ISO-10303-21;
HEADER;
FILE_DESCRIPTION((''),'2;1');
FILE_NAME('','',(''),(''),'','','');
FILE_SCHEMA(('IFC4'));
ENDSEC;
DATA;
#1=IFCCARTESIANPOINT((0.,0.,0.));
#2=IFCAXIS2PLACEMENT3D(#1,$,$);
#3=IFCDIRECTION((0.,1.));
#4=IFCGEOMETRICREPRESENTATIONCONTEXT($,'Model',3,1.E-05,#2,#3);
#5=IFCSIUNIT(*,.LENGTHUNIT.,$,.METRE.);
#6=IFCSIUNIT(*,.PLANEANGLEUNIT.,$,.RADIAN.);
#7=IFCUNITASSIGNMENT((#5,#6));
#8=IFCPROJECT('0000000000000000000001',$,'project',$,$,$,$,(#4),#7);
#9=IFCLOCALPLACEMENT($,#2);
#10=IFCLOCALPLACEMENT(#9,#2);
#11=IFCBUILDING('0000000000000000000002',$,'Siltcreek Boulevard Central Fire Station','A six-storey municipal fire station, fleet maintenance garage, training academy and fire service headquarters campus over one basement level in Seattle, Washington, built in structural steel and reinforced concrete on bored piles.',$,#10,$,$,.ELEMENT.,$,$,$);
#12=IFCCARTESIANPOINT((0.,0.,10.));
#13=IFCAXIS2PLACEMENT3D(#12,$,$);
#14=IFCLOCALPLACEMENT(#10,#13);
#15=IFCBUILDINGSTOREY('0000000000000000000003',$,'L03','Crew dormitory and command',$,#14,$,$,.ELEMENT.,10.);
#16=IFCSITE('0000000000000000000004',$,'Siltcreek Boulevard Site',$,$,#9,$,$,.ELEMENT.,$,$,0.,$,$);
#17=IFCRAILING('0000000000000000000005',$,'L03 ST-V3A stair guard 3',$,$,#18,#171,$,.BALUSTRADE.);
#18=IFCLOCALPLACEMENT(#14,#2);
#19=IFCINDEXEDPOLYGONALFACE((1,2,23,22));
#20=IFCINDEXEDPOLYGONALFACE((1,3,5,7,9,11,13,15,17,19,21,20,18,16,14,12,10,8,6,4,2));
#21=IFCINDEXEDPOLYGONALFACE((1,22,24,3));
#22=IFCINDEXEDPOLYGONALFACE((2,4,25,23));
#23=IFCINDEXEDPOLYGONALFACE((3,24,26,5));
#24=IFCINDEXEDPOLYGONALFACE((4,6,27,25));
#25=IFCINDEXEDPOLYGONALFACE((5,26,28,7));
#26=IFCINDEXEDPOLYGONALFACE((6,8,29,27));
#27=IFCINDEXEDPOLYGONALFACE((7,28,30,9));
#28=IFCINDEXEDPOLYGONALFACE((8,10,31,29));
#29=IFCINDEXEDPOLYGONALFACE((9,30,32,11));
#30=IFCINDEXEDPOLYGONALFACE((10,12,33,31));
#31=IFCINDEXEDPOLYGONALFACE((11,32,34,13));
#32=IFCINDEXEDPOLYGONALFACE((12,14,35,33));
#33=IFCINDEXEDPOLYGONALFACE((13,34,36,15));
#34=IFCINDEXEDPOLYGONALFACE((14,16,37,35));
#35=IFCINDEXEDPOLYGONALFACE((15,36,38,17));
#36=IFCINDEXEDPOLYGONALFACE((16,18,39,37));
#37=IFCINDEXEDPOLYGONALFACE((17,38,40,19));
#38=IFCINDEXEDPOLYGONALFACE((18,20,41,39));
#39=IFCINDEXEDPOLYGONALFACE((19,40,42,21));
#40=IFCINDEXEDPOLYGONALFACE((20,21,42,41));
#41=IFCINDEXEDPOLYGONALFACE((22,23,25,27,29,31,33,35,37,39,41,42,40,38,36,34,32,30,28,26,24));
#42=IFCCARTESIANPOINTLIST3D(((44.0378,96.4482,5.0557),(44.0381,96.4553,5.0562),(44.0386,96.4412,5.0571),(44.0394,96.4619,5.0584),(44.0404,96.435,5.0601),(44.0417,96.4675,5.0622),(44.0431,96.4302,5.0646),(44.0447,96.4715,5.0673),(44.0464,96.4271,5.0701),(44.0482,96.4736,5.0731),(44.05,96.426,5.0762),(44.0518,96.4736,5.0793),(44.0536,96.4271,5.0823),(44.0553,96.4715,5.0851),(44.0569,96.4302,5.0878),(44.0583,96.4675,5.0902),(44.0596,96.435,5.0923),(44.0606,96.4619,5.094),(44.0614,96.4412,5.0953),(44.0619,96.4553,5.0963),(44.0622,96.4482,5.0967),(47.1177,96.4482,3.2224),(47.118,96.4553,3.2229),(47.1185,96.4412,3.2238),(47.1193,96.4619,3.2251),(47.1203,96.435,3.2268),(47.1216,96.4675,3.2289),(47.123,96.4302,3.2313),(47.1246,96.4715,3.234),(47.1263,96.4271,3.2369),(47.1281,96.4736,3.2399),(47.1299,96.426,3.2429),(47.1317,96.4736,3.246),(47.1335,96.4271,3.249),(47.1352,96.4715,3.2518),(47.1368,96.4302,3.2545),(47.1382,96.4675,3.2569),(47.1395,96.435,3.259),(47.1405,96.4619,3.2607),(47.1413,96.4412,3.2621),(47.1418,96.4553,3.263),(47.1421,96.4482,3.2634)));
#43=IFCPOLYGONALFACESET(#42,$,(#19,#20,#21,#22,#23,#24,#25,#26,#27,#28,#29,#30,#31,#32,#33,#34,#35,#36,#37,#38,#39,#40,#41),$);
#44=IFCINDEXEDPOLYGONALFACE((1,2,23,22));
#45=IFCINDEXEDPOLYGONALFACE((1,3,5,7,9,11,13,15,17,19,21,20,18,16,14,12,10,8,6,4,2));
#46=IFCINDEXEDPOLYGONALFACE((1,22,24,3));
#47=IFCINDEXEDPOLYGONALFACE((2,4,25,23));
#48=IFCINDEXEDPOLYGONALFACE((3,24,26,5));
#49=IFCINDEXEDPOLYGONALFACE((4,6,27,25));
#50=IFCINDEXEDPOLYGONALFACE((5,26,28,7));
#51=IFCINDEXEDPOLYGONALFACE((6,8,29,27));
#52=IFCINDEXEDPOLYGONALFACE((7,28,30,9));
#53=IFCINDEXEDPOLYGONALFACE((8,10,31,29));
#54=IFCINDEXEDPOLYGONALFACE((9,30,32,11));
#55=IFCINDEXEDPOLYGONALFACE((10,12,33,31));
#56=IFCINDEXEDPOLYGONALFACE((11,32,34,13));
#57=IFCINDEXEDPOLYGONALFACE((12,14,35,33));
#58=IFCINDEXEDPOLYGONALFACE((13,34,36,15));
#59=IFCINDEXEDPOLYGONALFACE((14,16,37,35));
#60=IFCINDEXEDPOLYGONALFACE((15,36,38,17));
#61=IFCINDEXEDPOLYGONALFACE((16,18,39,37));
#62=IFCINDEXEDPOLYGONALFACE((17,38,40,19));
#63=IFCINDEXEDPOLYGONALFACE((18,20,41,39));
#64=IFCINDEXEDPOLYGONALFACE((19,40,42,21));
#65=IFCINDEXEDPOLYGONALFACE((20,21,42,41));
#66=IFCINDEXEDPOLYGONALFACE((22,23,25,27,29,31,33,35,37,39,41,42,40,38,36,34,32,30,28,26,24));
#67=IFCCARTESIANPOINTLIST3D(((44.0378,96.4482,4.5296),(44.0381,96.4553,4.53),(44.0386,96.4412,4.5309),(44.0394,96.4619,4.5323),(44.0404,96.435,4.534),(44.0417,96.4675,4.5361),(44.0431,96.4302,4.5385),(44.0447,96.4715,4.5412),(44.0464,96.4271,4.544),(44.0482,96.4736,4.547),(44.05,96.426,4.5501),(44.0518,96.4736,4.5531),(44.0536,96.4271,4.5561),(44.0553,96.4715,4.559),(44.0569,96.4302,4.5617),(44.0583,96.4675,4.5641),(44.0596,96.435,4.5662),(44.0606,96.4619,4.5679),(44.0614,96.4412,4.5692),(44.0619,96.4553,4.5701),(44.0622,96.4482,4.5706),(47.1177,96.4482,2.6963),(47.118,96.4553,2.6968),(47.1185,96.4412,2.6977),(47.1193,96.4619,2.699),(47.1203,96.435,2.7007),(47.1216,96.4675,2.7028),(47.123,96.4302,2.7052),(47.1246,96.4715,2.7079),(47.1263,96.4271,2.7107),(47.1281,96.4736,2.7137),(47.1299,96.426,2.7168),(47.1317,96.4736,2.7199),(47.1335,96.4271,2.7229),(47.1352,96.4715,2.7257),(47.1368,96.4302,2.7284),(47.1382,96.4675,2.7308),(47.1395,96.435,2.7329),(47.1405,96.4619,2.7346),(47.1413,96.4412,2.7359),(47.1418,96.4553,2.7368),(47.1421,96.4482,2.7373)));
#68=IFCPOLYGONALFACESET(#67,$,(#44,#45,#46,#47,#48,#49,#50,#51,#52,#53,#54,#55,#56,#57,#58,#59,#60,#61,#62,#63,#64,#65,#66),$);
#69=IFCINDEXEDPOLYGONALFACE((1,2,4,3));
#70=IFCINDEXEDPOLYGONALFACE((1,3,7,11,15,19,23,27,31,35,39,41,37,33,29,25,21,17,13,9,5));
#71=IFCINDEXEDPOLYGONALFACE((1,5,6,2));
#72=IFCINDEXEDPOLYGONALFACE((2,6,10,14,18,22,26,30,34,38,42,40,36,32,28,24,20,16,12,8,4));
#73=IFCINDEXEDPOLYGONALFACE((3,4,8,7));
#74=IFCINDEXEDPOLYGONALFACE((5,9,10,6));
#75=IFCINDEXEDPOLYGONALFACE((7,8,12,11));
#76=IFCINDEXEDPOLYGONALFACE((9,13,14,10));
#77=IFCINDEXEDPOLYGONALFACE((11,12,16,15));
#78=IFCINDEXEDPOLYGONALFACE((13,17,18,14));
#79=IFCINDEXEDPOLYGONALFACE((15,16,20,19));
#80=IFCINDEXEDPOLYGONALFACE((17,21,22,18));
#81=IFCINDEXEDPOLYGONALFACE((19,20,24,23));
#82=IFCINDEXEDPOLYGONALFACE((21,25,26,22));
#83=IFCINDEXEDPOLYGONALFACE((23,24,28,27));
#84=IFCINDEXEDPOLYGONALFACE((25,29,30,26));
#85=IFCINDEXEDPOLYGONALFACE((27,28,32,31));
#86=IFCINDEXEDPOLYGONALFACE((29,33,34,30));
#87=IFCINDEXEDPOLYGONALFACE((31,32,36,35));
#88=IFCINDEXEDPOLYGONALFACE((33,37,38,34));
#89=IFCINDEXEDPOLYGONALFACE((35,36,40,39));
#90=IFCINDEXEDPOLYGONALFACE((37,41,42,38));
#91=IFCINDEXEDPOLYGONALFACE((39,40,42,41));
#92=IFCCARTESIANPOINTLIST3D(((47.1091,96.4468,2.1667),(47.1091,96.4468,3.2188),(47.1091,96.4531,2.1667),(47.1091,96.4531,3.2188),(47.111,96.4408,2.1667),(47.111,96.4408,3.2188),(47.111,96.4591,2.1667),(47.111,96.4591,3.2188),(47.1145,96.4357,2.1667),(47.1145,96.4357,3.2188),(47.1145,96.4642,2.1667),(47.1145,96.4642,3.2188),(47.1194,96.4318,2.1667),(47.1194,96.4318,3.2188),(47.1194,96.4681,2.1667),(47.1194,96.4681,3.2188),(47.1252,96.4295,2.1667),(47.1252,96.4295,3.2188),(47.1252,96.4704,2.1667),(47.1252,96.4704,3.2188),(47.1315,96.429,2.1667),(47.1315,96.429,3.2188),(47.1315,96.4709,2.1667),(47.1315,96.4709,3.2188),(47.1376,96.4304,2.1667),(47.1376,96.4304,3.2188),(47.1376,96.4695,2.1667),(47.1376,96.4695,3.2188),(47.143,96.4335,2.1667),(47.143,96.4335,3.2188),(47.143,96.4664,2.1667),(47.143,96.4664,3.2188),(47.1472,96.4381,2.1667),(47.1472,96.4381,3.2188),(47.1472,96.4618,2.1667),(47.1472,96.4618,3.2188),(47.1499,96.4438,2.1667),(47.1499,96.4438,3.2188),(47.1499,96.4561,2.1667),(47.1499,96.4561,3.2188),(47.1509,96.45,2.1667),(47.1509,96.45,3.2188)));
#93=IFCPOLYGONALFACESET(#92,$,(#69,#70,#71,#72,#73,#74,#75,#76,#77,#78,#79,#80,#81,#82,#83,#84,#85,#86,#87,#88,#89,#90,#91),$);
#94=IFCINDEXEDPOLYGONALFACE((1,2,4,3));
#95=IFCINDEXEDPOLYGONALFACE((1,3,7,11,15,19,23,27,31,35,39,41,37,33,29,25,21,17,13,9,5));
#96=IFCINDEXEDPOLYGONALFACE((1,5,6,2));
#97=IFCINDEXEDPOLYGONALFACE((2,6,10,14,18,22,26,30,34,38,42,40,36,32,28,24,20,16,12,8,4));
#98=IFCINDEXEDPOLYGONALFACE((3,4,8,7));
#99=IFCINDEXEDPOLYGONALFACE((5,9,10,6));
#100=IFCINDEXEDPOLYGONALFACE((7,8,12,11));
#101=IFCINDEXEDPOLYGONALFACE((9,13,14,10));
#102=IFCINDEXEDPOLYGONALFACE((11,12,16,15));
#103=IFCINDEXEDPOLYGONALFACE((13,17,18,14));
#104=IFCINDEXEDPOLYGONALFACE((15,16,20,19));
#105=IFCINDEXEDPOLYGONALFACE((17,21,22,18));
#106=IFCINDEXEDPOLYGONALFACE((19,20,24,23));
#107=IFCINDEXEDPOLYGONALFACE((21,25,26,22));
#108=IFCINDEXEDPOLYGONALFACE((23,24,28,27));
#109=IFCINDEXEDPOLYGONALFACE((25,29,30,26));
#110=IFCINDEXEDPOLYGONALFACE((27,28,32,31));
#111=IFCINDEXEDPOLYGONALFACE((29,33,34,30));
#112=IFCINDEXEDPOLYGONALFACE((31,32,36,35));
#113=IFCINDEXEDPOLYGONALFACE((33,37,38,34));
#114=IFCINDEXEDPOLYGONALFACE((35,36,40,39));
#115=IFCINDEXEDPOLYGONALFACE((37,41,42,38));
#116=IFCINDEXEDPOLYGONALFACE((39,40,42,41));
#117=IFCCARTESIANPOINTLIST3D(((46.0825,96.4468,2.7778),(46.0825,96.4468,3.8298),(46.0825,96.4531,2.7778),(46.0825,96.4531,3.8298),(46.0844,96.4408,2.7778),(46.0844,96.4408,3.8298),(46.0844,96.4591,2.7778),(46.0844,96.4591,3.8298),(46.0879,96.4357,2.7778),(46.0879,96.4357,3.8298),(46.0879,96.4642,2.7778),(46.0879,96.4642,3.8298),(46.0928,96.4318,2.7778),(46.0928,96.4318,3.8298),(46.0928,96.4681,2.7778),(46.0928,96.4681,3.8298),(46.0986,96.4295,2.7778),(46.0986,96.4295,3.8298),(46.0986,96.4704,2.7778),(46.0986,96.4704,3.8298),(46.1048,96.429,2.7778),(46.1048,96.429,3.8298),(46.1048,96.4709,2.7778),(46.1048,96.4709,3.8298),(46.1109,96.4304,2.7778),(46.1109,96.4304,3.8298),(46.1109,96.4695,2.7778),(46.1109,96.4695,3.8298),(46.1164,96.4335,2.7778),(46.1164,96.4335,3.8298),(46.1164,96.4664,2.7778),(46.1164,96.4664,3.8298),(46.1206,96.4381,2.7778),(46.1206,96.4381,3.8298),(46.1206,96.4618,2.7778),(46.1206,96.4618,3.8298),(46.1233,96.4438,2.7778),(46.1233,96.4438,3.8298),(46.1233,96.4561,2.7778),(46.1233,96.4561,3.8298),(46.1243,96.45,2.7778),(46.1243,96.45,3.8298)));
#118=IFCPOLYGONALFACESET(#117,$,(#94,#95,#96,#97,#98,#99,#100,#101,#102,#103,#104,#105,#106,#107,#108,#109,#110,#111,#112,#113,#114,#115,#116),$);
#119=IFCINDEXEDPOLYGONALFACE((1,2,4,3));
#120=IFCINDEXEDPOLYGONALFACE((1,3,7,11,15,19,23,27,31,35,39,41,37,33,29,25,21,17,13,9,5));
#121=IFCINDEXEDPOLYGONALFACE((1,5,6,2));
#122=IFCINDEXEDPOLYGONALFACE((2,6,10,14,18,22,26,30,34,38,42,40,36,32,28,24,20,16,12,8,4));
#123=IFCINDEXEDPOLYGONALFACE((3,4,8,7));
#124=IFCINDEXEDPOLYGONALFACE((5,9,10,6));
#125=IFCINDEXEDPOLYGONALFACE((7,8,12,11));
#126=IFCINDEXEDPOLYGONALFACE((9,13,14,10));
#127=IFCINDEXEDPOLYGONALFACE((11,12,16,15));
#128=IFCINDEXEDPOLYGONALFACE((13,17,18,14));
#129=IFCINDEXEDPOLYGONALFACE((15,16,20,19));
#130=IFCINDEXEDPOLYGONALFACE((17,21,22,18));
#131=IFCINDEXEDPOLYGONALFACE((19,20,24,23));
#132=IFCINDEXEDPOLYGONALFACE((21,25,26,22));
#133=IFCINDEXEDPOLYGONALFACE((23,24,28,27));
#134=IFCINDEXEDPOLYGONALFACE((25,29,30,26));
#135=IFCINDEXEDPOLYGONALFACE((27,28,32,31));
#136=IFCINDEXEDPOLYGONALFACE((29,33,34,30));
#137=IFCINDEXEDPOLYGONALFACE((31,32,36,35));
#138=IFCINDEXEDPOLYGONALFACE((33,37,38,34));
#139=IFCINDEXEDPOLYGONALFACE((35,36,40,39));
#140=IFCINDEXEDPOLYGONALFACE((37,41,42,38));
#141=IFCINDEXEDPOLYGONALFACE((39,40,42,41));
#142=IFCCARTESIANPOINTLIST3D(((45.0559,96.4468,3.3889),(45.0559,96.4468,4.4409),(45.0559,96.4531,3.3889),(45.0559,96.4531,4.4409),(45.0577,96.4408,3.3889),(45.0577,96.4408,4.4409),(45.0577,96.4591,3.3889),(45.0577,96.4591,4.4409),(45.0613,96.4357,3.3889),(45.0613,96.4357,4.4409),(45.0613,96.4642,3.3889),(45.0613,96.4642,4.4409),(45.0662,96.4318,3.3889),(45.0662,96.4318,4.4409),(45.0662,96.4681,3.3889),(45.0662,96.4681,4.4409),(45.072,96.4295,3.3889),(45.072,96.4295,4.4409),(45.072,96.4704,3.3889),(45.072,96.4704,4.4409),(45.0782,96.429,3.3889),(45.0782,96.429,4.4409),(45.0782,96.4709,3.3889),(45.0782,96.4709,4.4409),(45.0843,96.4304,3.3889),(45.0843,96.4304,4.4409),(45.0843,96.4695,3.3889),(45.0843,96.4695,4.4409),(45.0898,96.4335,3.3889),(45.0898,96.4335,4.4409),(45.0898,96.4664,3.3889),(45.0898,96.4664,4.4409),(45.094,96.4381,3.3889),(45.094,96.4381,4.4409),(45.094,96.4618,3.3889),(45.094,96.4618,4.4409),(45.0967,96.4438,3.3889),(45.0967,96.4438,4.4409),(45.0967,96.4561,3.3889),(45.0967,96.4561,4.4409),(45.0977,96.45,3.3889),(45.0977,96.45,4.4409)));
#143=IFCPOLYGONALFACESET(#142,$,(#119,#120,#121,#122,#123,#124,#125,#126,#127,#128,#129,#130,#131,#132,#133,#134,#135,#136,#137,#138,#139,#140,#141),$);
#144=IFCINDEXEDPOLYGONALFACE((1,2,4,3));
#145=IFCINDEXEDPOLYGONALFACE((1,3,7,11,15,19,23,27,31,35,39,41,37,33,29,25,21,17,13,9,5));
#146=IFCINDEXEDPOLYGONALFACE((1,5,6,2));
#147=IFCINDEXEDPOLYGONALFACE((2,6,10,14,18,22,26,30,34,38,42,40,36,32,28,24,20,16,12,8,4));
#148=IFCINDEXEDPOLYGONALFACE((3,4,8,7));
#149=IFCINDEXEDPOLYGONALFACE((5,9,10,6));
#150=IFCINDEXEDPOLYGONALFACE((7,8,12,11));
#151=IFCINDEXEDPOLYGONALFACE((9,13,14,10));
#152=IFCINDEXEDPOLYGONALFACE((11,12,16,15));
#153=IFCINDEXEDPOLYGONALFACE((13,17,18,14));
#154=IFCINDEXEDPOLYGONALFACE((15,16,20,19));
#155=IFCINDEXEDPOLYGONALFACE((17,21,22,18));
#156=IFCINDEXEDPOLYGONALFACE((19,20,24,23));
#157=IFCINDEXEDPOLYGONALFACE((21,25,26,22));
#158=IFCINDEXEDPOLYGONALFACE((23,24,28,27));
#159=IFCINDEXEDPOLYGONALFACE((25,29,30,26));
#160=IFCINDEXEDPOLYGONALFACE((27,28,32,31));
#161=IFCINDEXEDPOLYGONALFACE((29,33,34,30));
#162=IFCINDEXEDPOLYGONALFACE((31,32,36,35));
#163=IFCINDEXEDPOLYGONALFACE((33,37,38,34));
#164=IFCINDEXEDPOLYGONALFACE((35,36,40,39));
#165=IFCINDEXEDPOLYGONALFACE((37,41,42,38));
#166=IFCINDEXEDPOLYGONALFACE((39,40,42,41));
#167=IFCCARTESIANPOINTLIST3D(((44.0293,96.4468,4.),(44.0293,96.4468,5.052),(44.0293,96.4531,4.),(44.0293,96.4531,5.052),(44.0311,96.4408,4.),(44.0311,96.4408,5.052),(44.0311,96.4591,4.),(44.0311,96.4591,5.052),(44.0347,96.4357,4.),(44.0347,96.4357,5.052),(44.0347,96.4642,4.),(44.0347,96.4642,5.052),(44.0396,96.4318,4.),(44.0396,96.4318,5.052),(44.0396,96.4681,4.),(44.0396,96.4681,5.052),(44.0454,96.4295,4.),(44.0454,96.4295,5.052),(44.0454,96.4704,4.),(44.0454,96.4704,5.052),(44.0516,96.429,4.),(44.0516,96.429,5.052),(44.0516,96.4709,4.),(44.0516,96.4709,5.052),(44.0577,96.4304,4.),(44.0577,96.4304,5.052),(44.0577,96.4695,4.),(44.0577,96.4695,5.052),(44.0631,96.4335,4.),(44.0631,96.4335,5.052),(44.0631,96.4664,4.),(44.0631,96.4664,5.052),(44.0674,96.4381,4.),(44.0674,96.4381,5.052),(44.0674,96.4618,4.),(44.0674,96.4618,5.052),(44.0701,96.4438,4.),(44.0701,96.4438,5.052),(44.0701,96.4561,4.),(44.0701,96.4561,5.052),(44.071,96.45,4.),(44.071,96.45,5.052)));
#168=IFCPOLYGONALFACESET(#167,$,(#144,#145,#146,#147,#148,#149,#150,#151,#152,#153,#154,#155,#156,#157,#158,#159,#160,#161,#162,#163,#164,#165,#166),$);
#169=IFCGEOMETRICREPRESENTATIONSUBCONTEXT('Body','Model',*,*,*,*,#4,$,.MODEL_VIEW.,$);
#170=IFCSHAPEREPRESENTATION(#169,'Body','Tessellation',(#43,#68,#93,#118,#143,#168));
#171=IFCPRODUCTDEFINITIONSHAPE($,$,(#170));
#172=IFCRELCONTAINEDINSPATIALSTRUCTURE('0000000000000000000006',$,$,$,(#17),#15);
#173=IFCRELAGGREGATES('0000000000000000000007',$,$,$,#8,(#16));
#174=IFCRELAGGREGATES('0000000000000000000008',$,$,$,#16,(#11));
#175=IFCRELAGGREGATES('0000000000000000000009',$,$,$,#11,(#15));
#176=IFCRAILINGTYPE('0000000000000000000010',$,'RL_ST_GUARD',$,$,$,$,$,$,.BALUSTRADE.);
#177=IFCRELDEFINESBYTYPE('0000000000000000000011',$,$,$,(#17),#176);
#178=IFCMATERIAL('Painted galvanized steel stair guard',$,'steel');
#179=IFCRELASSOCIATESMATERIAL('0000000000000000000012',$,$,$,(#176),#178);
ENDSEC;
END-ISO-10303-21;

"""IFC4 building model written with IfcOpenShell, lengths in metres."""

from ifc_helpers import new_model, si_unit, direction, frame, origin, origin_2d, place, context, subcontext, project, spatial, circle, extrude, material, type_object, element, save


model = new_model("IFC4")

# Units and contexts
model_context = context("Model", 3, precision=1e-05, world=origin(), true_north=direction((0.0, 1.0)))
body_context = subcontext(model_context, "Body", "Model", "MODEL_VIEW")
ifc_project = project(units=[si_unit("LENGTHUNIT", "METRE"), si_unit("PLANEANGLEUNIT", "RADIAN")], contexts=[model_context])

# Site, building, storey
site_placement = place(None, origin())
site = spatial("IfcSite", under=ifc_project, at=site_placement, Name="Siltcreek Boulevard Site", CompositionType="ELEMENT", RefElevation=0.0)
building_placement = place(site_placement, origin())
building = spatial("IfcBuilding", under=site, at=building_placement, Name="Siltcreek Boulevard Central Fire Station", Description="A six-storey municipal fire station, fleet maintenance garage, training academy and fire service headquarters campus over one basement level in Seattle, Washington, built in structural steel and reinforced concrete on bored piles.", CompositionType="ELEMENT")
storey_placement = place(building_placement, frame((0.0, 0.0, 10.0)))
storey = spatial("IfcBuildingStorey", under=building, at=storey_placement, Name="L03", Description="Crew dormitory and command", CompositionType="ELEMENT", Elevation=10.0)

# Railing
ifc_material_1 = material(Name="Painted galvanized steel stair guard", Category="steel")
railing_type_1 = type_object("IfcRailingType", Name="RL_ST_GUARD", PredefinedType="BALUSTRADE", material=ifc_material_1)
railing_1_placement = place(storey_placement, frame((47.1299, 96.45, 2.1667)))
element("IfcRailing", 1, at=railing_1_placement, inside=storey, type_object=railing_type_1, Name="L03 ST-V3A stair guard 3", PredefinedType="BALUSTRADE", context=body_context, shape_type="SweptSolid", body=[
    extrude(circle(Radius=0.0239, at=origin_2d()), frame((0.0, 0.0, 1.0762), z_axis=(-0.859291, 0.0, 0.511487), x_axis=(0.0, -1.0, 0.0)), (0.0, 0.0, 1.0), 3.5842),
    extrude(circle(Radius=0.0239, at=origin_2d()), frame((0.0, 0.0, 0.55), z_axis=(-0.859291, 0.0, 0.511487), x_axis=(0.0, -1.0, 0.0)), (0.0, 0.0, 1.0), 3.5842),
    extrude(circle(Radius=0.021, at=origin_2d()), origin(), (0.0, 0.0, 1.0), 1.052),
    extrude(circle(Radius=0.021, at=origin_2d()), frame((-1.0266, 0.0, 0.6111)), (0.0, 0.0, 1.0), 1.052),
    extrude(circle(Radius=0.021, at=origin_2d()), frame((-2.0532, 0.0, 1.2222)), (0.0, 0.0, 1.0), 1.052),
    extrude(circle(Radius=0.021, at=origin_2d()), frame((-3.0798, 0.0, 1.8333)), (0.0, 0.0, 1.0), 1.052),
])

save(model, "model.ifc")
